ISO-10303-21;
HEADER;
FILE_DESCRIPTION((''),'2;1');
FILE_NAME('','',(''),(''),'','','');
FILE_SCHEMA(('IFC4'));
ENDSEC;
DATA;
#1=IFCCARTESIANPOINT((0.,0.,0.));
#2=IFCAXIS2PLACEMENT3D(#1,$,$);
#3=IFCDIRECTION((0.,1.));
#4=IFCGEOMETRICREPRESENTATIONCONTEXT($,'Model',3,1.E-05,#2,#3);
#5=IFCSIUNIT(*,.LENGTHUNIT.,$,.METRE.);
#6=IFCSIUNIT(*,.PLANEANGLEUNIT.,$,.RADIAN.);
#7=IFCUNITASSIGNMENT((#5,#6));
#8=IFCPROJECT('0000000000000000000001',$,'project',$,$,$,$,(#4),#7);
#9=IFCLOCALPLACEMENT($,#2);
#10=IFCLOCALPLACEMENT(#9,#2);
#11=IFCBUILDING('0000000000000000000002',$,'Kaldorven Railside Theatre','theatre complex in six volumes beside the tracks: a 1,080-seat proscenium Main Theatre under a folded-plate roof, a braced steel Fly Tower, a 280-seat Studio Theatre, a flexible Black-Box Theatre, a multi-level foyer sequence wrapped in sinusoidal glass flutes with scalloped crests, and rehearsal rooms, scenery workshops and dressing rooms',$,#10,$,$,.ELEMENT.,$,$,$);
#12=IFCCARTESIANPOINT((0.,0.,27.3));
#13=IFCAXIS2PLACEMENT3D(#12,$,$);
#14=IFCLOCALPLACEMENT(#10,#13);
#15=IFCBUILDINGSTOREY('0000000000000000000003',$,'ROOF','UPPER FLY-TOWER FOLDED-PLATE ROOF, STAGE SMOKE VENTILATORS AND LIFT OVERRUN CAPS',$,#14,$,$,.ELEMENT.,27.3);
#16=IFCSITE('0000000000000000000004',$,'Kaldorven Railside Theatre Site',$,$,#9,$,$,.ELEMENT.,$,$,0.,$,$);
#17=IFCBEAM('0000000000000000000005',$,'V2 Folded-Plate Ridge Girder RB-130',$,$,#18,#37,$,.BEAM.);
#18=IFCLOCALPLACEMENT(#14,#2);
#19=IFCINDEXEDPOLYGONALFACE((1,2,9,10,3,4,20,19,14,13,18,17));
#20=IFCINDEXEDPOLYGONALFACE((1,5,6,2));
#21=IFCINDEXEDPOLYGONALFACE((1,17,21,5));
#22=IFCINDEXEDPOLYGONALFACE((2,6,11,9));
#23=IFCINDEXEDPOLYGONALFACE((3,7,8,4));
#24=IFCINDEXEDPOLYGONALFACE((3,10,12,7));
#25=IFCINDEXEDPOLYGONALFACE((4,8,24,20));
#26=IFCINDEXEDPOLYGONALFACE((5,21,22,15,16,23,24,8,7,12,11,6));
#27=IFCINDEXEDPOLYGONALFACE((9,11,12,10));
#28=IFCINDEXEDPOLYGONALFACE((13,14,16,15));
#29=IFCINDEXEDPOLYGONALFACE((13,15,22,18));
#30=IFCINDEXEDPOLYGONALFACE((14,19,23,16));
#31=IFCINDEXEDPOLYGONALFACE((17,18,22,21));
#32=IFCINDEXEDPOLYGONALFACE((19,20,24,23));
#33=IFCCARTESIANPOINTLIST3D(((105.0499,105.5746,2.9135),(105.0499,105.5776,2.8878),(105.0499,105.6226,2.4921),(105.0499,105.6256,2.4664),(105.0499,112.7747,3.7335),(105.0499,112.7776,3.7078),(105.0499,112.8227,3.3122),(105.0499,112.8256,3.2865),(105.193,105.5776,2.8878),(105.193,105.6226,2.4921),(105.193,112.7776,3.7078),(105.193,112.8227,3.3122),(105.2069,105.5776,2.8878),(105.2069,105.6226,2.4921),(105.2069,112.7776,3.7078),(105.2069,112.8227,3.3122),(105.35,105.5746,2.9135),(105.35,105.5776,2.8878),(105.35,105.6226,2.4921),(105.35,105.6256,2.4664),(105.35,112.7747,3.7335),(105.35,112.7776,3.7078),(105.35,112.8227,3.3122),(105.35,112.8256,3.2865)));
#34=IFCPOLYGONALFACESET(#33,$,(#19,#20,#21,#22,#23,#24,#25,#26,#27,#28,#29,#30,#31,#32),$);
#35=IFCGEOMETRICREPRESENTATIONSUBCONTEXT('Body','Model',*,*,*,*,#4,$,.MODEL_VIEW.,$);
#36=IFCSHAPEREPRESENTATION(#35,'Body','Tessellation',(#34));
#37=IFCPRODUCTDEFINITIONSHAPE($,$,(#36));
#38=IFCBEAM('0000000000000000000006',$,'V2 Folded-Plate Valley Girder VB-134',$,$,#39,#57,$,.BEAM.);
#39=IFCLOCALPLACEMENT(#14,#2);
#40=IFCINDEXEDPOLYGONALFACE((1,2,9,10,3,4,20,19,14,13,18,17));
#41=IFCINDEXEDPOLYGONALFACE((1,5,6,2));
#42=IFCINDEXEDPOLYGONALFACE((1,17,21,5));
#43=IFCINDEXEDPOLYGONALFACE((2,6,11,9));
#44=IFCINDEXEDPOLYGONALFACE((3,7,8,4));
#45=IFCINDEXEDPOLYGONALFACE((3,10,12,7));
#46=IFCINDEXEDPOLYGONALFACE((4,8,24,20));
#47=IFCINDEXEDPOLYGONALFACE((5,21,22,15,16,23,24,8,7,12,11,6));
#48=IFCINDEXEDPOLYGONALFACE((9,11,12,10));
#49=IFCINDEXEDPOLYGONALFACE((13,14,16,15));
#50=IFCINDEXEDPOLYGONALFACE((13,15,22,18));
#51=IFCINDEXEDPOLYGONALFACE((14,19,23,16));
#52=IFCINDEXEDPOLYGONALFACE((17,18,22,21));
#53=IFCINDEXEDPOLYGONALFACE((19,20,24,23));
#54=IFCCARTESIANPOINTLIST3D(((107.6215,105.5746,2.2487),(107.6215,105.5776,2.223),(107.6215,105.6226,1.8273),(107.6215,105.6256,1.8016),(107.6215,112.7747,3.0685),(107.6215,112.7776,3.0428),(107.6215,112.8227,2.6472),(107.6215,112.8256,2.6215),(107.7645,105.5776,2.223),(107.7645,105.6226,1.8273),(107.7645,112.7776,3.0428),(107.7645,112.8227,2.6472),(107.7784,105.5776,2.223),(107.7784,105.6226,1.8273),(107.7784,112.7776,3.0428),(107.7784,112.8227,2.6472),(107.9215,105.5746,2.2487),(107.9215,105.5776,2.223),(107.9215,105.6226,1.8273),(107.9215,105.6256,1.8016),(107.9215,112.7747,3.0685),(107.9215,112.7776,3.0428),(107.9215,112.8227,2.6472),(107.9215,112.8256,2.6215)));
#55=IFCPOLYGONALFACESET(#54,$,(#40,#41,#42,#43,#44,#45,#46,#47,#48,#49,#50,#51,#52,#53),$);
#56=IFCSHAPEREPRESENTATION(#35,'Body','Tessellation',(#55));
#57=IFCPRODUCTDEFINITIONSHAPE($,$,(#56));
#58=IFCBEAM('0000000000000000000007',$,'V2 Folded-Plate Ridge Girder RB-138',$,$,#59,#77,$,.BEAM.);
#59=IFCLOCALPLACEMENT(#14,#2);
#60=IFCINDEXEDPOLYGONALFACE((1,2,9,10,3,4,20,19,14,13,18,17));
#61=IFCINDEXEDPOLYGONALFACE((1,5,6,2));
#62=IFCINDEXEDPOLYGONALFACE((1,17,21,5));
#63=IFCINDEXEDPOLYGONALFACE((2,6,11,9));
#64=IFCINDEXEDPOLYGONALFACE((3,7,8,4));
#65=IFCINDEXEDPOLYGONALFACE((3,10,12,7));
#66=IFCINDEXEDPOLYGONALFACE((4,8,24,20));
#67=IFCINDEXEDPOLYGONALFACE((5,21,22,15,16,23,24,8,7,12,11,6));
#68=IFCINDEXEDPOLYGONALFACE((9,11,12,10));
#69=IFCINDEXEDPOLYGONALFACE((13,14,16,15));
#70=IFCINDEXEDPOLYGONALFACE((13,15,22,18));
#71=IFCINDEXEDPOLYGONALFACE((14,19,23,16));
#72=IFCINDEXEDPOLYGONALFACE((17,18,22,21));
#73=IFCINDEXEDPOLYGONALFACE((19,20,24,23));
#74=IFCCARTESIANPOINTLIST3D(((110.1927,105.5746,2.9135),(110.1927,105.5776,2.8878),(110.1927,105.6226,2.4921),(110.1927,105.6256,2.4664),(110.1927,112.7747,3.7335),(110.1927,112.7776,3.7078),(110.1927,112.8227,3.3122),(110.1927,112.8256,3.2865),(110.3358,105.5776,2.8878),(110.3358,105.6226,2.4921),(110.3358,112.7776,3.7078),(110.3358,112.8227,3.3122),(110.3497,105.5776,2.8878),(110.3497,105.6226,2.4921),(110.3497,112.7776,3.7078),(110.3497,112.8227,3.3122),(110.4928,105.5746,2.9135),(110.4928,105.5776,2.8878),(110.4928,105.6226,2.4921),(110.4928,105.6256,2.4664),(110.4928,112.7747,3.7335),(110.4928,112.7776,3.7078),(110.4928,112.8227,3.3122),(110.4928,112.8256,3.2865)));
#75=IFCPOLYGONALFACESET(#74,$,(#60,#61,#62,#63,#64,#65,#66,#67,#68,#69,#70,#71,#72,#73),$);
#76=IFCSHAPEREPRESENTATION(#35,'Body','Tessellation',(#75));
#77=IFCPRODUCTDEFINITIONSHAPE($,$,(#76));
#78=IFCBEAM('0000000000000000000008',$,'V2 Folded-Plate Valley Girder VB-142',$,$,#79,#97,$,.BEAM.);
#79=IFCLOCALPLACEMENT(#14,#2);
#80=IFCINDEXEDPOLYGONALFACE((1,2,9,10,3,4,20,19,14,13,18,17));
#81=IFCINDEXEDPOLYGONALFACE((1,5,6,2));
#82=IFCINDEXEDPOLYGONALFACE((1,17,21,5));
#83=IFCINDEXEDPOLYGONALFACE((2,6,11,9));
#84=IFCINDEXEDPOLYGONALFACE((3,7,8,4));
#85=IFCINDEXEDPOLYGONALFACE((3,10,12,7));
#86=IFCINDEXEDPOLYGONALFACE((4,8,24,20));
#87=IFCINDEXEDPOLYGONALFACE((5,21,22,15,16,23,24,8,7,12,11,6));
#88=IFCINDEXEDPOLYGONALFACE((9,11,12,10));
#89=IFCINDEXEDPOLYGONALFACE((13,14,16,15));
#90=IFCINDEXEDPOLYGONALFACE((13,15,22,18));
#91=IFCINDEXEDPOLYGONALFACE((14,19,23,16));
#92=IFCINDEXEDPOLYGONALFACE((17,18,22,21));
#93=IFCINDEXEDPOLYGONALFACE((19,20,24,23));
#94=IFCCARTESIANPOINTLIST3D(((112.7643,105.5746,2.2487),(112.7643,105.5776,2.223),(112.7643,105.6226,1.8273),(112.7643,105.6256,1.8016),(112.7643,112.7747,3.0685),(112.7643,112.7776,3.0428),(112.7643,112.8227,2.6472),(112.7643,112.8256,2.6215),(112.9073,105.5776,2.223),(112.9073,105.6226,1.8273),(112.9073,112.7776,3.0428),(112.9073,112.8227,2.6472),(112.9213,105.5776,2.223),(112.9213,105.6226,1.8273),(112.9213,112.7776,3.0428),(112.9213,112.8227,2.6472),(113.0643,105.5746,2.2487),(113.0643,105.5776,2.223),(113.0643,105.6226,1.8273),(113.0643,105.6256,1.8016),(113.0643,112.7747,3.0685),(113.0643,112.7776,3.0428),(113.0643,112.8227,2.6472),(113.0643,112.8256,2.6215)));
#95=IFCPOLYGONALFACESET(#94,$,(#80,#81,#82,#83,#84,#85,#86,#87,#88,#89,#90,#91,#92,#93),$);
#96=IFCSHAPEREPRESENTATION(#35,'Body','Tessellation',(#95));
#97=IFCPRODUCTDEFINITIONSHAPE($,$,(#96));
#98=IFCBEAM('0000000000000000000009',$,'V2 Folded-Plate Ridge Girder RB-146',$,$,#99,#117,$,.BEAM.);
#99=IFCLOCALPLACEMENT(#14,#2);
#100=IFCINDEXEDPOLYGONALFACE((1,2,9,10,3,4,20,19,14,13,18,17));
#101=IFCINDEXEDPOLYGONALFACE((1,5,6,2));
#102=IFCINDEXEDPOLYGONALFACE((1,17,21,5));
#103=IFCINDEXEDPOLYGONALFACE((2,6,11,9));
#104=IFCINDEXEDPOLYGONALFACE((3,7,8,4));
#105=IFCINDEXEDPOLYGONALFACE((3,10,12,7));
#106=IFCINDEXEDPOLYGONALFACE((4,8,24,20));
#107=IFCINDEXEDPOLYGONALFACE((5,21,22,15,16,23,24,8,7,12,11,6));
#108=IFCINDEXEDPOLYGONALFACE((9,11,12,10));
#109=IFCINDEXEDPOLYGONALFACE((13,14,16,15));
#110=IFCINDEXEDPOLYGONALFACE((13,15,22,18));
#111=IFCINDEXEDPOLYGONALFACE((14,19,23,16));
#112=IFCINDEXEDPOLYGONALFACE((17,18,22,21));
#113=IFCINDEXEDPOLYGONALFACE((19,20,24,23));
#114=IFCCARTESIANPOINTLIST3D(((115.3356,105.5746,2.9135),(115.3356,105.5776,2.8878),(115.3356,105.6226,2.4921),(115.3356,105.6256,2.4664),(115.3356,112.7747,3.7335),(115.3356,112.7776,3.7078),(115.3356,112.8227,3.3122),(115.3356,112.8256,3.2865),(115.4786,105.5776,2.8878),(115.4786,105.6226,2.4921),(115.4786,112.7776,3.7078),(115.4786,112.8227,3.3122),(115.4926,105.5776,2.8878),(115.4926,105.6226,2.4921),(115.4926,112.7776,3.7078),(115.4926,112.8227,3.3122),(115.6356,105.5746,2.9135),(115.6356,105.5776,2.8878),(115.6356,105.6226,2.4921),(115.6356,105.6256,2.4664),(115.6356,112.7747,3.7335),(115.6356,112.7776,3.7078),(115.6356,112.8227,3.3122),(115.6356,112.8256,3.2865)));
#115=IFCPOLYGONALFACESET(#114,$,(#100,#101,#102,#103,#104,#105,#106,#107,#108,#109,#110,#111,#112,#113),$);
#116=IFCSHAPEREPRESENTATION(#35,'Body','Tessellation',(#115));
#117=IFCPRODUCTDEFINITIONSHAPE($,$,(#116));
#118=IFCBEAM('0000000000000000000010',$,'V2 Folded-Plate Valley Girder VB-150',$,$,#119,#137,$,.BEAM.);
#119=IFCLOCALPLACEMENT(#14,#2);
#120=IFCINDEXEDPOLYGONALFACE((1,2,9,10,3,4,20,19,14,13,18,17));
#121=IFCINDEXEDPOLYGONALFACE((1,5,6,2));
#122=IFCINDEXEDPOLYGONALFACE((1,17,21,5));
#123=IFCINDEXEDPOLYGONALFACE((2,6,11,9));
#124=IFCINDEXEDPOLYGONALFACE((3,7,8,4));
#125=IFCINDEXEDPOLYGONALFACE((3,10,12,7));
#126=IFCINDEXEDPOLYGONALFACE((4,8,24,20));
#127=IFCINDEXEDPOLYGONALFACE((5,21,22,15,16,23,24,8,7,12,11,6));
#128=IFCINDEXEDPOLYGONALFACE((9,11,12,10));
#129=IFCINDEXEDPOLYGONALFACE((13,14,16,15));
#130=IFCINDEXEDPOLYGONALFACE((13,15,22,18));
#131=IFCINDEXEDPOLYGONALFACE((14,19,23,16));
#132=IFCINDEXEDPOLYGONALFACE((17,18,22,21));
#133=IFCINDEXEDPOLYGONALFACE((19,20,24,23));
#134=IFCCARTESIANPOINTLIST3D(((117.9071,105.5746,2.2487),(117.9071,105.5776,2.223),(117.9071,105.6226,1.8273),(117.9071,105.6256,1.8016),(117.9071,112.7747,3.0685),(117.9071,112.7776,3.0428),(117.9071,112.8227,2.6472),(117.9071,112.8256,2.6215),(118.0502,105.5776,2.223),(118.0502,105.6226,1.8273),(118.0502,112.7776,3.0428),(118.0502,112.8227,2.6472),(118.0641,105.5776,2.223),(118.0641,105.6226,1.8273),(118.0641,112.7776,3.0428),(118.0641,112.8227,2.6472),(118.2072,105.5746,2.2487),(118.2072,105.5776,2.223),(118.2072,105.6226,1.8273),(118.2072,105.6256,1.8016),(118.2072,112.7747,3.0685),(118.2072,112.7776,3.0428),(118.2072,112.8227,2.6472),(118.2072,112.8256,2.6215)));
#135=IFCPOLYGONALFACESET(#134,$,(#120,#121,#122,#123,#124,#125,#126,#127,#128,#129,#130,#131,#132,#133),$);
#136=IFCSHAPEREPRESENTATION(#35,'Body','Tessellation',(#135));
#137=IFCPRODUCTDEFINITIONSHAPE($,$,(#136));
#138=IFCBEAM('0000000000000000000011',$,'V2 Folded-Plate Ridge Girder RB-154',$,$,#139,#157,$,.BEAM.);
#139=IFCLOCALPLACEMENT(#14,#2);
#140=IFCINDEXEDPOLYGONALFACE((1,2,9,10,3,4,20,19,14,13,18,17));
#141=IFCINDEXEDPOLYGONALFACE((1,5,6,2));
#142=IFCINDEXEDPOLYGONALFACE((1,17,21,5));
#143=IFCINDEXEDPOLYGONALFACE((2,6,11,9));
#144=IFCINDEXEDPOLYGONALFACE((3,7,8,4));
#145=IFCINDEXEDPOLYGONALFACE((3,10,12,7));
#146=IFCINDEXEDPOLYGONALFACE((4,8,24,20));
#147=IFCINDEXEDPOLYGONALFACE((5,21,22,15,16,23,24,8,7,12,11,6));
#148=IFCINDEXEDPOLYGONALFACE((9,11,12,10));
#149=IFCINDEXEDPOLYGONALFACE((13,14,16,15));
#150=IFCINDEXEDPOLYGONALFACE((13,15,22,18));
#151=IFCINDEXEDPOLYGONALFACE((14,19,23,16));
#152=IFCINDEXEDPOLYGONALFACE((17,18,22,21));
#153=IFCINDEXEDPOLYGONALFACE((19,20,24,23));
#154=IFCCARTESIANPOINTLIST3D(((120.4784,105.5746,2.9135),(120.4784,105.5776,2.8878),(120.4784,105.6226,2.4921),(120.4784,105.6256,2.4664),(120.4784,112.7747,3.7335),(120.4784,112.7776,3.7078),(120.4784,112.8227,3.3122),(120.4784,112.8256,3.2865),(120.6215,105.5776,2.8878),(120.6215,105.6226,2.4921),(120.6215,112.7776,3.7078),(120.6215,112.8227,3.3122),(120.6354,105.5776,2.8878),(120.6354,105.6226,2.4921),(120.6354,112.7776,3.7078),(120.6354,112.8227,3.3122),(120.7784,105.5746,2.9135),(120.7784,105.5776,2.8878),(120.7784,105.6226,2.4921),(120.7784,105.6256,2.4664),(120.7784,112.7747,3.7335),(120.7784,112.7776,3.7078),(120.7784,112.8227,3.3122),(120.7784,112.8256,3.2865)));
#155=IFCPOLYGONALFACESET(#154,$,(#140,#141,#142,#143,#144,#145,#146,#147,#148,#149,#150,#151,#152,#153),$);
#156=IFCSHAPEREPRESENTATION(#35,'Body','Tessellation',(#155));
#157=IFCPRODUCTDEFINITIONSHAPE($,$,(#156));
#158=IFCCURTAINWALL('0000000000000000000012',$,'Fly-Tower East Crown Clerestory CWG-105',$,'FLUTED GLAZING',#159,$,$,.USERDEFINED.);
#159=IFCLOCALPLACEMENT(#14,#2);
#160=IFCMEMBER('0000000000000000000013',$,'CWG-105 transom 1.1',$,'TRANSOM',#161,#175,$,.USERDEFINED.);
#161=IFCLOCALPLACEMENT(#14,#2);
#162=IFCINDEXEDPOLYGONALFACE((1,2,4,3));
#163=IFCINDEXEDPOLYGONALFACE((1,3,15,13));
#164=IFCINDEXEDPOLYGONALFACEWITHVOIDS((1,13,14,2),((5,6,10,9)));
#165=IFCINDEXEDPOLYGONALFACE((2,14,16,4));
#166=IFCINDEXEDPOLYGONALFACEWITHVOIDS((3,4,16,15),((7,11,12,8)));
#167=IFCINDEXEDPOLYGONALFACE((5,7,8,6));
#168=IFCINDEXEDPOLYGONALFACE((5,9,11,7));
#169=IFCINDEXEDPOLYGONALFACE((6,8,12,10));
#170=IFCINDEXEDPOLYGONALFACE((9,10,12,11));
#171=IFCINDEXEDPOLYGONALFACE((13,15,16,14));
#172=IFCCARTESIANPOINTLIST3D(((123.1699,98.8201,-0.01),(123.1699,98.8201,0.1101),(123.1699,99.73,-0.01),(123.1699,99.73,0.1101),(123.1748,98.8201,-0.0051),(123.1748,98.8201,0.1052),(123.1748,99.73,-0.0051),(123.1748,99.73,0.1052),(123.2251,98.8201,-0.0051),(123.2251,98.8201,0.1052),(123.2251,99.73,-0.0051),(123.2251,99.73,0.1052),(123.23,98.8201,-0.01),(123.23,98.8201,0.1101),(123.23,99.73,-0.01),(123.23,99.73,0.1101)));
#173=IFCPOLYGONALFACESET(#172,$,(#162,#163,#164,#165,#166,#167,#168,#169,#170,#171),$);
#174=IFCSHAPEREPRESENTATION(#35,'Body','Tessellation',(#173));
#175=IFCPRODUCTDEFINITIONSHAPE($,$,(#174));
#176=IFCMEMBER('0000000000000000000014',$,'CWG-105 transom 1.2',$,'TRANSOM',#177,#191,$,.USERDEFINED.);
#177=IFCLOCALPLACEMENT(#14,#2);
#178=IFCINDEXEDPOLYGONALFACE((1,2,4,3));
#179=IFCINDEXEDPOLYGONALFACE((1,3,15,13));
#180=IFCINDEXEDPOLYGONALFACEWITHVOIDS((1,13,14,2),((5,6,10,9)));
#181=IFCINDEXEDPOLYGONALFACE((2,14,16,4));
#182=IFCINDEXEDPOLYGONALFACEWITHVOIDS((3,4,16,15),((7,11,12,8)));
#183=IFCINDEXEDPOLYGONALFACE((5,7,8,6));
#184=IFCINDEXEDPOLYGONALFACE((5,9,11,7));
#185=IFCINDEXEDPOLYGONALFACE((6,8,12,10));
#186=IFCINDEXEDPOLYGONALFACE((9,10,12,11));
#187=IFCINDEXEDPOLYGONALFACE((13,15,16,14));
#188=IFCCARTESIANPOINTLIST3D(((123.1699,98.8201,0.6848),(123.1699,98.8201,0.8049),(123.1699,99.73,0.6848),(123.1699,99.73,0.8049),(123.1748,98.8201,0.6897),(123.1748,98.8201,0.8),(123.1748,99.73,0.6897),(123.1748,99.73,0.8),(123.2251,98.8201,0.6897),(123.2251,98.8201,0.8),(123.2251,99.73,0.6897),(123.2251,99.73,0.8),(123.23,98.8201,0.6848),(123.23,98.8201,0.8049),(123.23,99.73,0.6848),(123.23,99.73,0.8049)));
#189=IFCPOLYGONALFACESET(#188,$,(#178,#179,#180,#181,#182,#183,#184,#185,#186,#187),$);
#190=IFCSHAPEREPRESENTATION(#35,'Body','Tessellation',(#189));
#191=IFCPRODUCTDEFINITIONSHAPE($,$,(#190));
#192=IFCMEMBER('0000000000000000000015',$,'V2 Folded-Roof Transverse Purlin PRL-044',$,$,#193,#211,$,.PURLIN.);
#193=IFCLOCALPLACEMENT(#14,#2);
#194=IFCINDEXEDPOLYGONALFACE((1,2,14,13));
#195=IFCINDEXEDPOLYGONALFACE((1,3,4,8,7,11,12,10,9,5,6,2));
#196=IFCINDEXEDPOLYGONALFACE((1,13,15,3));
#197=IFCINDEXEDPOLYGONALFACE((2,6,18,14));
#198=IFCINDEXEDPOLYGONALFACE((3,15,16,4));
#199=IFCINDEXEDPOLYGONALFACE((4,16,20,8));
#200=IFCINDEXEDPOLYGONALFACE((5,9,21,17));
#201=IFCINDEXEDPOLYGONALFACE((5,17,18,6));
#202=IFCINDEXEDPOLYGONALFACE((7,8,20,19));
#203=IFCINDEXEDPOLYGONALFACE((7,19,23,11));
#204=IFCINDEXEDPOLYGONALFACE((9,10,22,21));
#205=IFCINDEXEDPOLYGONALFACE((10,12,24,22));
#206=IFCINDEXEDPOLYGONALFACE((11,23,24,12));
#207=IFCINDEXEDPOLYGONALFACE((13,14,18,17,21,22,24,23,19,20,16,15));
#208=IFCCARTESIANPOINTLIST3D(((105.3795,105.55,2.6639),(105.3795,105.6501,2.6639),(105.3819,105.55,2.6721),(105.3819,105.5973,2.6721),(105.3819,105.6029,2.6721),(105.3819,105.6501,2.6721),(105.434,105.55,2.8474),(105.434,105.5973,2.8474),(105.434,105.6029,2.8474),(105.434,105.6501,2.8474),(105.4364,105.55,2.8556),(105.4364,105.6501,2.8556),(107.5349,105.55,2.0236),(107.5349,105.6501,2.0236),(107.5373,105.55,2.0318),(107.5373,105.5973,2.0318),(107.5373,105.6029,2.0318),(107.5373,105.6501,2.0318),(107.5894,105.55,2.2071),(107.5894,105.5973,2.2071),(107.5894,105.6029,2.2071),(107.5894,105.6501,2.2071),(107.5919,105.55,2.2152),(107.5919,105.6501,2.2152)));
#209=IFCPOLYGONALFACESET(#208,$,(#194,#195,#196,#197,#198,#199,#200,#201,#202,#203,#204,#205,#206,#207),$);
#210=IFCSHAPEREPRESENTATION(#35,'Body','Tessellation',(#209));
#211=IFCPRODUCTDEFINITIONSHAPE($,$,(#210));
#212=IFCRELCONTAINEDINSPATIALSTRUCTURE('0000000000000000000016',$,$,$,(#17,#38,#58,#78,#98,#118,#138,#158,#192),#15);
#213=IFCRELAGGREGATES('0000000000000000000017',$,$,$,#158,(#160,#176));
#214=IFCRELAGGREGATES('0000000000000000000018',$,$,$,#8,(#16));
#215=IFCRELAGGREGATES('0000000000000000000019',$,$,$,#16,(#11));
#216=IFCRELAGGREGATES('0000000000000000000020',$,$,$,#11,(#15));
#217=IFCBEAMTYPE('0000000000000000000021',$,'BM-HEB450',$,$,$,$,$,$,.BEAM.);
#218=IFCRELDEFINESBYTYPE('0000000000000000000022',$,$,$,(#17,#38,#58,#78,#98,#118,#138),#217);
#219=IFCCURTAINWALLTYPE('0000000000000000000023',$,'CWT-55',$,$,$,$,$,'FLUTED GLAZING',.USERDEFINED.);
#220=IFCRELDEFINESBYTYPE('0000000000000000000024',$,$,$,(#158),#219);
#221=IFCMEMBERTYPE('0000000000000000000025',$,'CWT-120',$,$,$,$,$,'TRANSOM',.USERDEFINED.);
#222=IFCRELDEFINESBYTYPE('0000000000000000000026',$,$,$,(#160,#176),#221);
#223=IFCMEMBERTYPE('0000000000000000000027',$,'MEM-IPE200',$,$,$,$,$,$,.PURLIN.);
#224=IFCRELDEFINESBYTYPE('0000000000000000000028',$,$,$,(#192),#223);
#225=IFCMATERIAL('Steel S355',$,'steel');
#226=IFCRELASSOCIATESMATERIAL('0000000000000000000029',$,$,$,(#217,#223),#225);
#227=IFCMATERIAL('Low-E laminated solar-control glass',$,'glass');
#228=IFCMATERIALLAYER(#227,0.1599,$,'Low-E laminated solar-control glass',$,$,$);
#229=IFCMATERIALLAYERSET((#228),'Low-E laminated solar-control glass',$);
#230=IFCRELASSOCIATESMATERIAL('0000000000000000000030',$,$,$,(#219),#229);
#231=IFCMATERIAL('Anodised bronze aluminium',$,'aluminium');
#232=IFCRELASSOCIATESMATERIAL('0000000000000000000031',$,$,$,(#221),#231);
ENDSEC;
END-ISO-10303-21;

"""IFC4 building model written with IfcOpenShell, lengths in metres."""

from ifc_helpers import new_model, si_unit, direction, frame, origin, origin_2d, place, context, subcontext, project, spatial, hollow_rectangle, i_section, extrude, material, layer, layer_set, material_profile, profile_set, type_object, element, aggregate, save


model = new_model("IFC4")

# Units and contexts
model_context = context("Model", 3, precision=1e-05, world=origin(), true_north=direction((0.0, 1.0)))
body_context = subcontext(model_context, "Body", "Model", "MODEL_VIEW")
ifc_project = project(units=[si_unit("LENGTHUNIT", "METRE"), si_unit("PLANEANGLEUNIT", "RADIAN")], contexts=[model_context])

# Site, building, storey
site_placement = place(None, origin())
site = spatial("IfcSite", under=ifc_project, at=site_placement, Name="Kaldorven Railside Theatre Site", CompositionType="ELEMENT", RefElevation=0.0)
building_placement = place(site_placement, origin())
building = spatial("IfcBuilding", under=site, at=building_placement, Name="Kaldorven Railside Theatre", Description="theatre complex in six volumes beside the tracks: a 1,080-seat proscenium Main Theatre under a folded-plate roof, a braced steel Fly Tower, a 280-seat Studio Theatre, a flexible Black-Box Theatre, a multi-level foyer sequence wrapped in sinusoidal glass flutes with scalloped crests, and rehearsal rooms, scenery workshops and dressing rooms", CompositionType="ELEMENT")
storey_placement = place(building_placement, frame((0.0, 0.0, 27.3)))
storey = spatial("IfcBuildingStorey", under=building, at=storey_placement, Name="ROOF", Description="UPPER FLY-TOWER FOLDED-PLATE ROOF, STAGE SMOKE VENTILATORS AND LIFT OVERRUN CAPS", CompositionType="ELEMENT", Elevation=27.3)

# Beams
ifc_material_1 = material(Name="Steel S355", Category="steel")
ifc_material_profile_1 = material_profile(ifc_material_1, i_section(OverallWidth=0.3, OverallDepth=0.45, WebThickness=0.0139, FlangeThickness=0.0259, at=origin_2d()), Name="HEB 450")
ifc_profile_set_1 = profile_set([ifc_material_profile_1], Name="Steel S355")
beam_type = type_object("IfcBeamType", Name="BM-HEB450", PredefinedType="BEAM", material=ifc_profile_set_1)
for number, where, z_axis, x_axis, name in (
    (1, (105.2, 105.6001, 2.6899), (0.0, 0.993576, 0.113167), (-1.0, 0.0, 0.0), "V2 Folded-Plate Ridge Girder RB-130"),
    (2, (107.7715, 105.6001, 2.0251), (0.0, 0.99358, 0.113134), (-1.0, 0.0, 0.0), "V2 Folded-Plate Valley Girder VB-134"),
    (3, (110.3428, 105.6001, 2.6899), (0.0, 0.993576, 0.113167), (-1.0, 0.0, 0.0), "V2 Folded-Plate Ridge Girder RB-138"),
    (4, (112.9143, 105.6001, 2.0251), (0.0, 0.99358, 0.113134), (-1.0, 0.0, 0.0), "V2 Folded-Plate Valley Girder VB-142"),
    (5, (115.4856, 105.6001, 2.6899), (0.0, 0.993576, 0.113167), (-1.0, 0.0, 0.0), "V2 Folded-Plate Ridge Girder RB-146"),
    (6, (118.0571, 105.6001, 2.0251), (0.0, 0.99358, 0.113134), (-1.0, 0.0, 0.0), "V2 Folded-Plate Valley Girder VB-150"),
    (7, (120.6284, 105.6001, 2.6899), (0.0, 0.993576, 0.113167), (-1.0, 0.0, 0.0), "V2 Folded-Plate Ridge Girder RB-154"),
):
    element("IfcBeam", number, at=place(storey_placement, frame(where, z_axis=z_axis, x_axis=x_axis)), inside=storey, type_object=beam_type, Name=name, PredefinedType="BEAM", context=body_context, shape_type="SweptSolid", body=[
        extrude(i_section(OverallWidth=0.3, OverallDepth=0.45, WebThickness=0.0139, FlangeThickness=0.0259, at=origin_2d()), origin(), (0.0, 0.0, 1.0), 7.2466),
    ])

# Curtain wall, members
ifc_material_2 = material(Name="Low-E laminated solar-control glass", Category="glass")
ifc_layer_1 = layer(ifc_material_2, 0.1599, Name="Low-E laminated solar-control glass")
ifc_layer_set_1 = layer_set([ifc_layer_1], Name="Low-E laminated solar-control glass")
curtain_wall_type = type_object("IfcCurtainWallType", Name="CWT-55", ElementType="FLUTED GLAZING", PredefinedType="USERDEFINED", material=ifc_layer_set_1)
curtain_wall_placement = place(storey_placement, origin())
curtain_wall = element("IfcCurtainWall", 8, at=curtain_wall_placement, inside=storey, type_object=curtain_wall_type, Name="Fly-Tower East Crown Clerestory CWG-105", ObjectType="FLUTED GLAZING", PredefinedType="USERDEFINED")
ifc_material_3 = material(Name="Anodised bronze aluminium", Category="aluminium")
ifc_material_profile_2 = material_profile(ifc_material_3, hollow_rectangle(XDim=0.0601, YDim=0.1201, WallThickness=0.0049, at=origin_2d()), Name="RHS 120x60x5")
ifc_profile_set_2 = profile_set([ifc_material_profile_2], Name="Anodised bronze aluminium")
member_type_1 = type_object("IfcMemberType", Name="CWT-120", ElementType="TRANSOM", PredefinedType="USERDEFINED", material=ifc_profile_set_2)
member_1_placement = place(storey_placement, frame((123.2, 98.8201, 0.05), z_axis=(0.0, 1.0, 0.0), x_axis=(-1.0, 0.0, 0.0)))
member_1 = element("IfcMember", 9, at=member_1_placement, type_object=member_type_1, Name="CWG-105 transom 1.1", ObjectType="TRANSOM", PredefinedType="USERDEFINED", context=body_context, shape_type="SweptSolid", body=[
    extrude(hollow_rectangle(XDim=0.0601, YDim=0.1201, WallThickness=0.0049, at=origin_2d()), origin(), (0.0, 0.0, 1.0), 0.9099),
])
member_2_placement = place(storey_placement, frame((123.2, 98.8201, 0.7449), z_axis=(0.0, 1.0, 0.0), x_axis=(-1.0, 0.0, 0.0)))
member_2 = element("IfcMember", 10, at=member_2_placement, type_object=member_type_1, Name="CWG-105 transom 1.2", ObjectType="TRANSOM", PredefinedType="USERDEFINED", context=body_context, shape_type="SweptSolid", body=[
    extrude(hollow_rectangle(XDim=0.0601, YDim=0.1201, WallThickness=0.0049, at=origin_2d()), origin(), (0.0, 0.0, 1.0), 0.9099),
])
aggregate(curtain_wall, [member_1, member_2])

# Member
ifc_material_profile_3 = material_profile(ifc_material_1, i_section(OverallWidth=0.1001, OverallDepth=0.2, WebThickness=0.0056, FlangeThickness=0.0085, at=origin_2d()), Name="IPE 200")
ifc_profile_set_3 = profile_set([ifc_material_profile_3], Name="Steel S355")
member_type_2 = type_object("IfcMemberType", Name="MEM-IPE200", PredefinedType="PURLIN", material=ifc_profile_set_3)
member_3_placement = place(storey_placement, frame((105.408, 105.6001, 2.7598), z_axis=(0.958591, 0.0, -0.284787), x_axis=(0.0, 1.0, 0.0)))
element("IfcMember", 11, at=member_3_placement, inside=storey, type_object=member_type_2, Name="V2 Folded-Roof Transverse Purlin PRL-044", PredefinedType="PURLIN", context=body_context, shape_type="SweptSolid", body=[
    extrude(i_section(OverallWidth=0.1001, OverallDepth=0.2, WebThickness=0.0056, FlangeThickness=0.0085, at=origin_2d()), origin(), (0.0, 0.0, 1.0), 2.2485),
])

save(model, "model.ifc")
